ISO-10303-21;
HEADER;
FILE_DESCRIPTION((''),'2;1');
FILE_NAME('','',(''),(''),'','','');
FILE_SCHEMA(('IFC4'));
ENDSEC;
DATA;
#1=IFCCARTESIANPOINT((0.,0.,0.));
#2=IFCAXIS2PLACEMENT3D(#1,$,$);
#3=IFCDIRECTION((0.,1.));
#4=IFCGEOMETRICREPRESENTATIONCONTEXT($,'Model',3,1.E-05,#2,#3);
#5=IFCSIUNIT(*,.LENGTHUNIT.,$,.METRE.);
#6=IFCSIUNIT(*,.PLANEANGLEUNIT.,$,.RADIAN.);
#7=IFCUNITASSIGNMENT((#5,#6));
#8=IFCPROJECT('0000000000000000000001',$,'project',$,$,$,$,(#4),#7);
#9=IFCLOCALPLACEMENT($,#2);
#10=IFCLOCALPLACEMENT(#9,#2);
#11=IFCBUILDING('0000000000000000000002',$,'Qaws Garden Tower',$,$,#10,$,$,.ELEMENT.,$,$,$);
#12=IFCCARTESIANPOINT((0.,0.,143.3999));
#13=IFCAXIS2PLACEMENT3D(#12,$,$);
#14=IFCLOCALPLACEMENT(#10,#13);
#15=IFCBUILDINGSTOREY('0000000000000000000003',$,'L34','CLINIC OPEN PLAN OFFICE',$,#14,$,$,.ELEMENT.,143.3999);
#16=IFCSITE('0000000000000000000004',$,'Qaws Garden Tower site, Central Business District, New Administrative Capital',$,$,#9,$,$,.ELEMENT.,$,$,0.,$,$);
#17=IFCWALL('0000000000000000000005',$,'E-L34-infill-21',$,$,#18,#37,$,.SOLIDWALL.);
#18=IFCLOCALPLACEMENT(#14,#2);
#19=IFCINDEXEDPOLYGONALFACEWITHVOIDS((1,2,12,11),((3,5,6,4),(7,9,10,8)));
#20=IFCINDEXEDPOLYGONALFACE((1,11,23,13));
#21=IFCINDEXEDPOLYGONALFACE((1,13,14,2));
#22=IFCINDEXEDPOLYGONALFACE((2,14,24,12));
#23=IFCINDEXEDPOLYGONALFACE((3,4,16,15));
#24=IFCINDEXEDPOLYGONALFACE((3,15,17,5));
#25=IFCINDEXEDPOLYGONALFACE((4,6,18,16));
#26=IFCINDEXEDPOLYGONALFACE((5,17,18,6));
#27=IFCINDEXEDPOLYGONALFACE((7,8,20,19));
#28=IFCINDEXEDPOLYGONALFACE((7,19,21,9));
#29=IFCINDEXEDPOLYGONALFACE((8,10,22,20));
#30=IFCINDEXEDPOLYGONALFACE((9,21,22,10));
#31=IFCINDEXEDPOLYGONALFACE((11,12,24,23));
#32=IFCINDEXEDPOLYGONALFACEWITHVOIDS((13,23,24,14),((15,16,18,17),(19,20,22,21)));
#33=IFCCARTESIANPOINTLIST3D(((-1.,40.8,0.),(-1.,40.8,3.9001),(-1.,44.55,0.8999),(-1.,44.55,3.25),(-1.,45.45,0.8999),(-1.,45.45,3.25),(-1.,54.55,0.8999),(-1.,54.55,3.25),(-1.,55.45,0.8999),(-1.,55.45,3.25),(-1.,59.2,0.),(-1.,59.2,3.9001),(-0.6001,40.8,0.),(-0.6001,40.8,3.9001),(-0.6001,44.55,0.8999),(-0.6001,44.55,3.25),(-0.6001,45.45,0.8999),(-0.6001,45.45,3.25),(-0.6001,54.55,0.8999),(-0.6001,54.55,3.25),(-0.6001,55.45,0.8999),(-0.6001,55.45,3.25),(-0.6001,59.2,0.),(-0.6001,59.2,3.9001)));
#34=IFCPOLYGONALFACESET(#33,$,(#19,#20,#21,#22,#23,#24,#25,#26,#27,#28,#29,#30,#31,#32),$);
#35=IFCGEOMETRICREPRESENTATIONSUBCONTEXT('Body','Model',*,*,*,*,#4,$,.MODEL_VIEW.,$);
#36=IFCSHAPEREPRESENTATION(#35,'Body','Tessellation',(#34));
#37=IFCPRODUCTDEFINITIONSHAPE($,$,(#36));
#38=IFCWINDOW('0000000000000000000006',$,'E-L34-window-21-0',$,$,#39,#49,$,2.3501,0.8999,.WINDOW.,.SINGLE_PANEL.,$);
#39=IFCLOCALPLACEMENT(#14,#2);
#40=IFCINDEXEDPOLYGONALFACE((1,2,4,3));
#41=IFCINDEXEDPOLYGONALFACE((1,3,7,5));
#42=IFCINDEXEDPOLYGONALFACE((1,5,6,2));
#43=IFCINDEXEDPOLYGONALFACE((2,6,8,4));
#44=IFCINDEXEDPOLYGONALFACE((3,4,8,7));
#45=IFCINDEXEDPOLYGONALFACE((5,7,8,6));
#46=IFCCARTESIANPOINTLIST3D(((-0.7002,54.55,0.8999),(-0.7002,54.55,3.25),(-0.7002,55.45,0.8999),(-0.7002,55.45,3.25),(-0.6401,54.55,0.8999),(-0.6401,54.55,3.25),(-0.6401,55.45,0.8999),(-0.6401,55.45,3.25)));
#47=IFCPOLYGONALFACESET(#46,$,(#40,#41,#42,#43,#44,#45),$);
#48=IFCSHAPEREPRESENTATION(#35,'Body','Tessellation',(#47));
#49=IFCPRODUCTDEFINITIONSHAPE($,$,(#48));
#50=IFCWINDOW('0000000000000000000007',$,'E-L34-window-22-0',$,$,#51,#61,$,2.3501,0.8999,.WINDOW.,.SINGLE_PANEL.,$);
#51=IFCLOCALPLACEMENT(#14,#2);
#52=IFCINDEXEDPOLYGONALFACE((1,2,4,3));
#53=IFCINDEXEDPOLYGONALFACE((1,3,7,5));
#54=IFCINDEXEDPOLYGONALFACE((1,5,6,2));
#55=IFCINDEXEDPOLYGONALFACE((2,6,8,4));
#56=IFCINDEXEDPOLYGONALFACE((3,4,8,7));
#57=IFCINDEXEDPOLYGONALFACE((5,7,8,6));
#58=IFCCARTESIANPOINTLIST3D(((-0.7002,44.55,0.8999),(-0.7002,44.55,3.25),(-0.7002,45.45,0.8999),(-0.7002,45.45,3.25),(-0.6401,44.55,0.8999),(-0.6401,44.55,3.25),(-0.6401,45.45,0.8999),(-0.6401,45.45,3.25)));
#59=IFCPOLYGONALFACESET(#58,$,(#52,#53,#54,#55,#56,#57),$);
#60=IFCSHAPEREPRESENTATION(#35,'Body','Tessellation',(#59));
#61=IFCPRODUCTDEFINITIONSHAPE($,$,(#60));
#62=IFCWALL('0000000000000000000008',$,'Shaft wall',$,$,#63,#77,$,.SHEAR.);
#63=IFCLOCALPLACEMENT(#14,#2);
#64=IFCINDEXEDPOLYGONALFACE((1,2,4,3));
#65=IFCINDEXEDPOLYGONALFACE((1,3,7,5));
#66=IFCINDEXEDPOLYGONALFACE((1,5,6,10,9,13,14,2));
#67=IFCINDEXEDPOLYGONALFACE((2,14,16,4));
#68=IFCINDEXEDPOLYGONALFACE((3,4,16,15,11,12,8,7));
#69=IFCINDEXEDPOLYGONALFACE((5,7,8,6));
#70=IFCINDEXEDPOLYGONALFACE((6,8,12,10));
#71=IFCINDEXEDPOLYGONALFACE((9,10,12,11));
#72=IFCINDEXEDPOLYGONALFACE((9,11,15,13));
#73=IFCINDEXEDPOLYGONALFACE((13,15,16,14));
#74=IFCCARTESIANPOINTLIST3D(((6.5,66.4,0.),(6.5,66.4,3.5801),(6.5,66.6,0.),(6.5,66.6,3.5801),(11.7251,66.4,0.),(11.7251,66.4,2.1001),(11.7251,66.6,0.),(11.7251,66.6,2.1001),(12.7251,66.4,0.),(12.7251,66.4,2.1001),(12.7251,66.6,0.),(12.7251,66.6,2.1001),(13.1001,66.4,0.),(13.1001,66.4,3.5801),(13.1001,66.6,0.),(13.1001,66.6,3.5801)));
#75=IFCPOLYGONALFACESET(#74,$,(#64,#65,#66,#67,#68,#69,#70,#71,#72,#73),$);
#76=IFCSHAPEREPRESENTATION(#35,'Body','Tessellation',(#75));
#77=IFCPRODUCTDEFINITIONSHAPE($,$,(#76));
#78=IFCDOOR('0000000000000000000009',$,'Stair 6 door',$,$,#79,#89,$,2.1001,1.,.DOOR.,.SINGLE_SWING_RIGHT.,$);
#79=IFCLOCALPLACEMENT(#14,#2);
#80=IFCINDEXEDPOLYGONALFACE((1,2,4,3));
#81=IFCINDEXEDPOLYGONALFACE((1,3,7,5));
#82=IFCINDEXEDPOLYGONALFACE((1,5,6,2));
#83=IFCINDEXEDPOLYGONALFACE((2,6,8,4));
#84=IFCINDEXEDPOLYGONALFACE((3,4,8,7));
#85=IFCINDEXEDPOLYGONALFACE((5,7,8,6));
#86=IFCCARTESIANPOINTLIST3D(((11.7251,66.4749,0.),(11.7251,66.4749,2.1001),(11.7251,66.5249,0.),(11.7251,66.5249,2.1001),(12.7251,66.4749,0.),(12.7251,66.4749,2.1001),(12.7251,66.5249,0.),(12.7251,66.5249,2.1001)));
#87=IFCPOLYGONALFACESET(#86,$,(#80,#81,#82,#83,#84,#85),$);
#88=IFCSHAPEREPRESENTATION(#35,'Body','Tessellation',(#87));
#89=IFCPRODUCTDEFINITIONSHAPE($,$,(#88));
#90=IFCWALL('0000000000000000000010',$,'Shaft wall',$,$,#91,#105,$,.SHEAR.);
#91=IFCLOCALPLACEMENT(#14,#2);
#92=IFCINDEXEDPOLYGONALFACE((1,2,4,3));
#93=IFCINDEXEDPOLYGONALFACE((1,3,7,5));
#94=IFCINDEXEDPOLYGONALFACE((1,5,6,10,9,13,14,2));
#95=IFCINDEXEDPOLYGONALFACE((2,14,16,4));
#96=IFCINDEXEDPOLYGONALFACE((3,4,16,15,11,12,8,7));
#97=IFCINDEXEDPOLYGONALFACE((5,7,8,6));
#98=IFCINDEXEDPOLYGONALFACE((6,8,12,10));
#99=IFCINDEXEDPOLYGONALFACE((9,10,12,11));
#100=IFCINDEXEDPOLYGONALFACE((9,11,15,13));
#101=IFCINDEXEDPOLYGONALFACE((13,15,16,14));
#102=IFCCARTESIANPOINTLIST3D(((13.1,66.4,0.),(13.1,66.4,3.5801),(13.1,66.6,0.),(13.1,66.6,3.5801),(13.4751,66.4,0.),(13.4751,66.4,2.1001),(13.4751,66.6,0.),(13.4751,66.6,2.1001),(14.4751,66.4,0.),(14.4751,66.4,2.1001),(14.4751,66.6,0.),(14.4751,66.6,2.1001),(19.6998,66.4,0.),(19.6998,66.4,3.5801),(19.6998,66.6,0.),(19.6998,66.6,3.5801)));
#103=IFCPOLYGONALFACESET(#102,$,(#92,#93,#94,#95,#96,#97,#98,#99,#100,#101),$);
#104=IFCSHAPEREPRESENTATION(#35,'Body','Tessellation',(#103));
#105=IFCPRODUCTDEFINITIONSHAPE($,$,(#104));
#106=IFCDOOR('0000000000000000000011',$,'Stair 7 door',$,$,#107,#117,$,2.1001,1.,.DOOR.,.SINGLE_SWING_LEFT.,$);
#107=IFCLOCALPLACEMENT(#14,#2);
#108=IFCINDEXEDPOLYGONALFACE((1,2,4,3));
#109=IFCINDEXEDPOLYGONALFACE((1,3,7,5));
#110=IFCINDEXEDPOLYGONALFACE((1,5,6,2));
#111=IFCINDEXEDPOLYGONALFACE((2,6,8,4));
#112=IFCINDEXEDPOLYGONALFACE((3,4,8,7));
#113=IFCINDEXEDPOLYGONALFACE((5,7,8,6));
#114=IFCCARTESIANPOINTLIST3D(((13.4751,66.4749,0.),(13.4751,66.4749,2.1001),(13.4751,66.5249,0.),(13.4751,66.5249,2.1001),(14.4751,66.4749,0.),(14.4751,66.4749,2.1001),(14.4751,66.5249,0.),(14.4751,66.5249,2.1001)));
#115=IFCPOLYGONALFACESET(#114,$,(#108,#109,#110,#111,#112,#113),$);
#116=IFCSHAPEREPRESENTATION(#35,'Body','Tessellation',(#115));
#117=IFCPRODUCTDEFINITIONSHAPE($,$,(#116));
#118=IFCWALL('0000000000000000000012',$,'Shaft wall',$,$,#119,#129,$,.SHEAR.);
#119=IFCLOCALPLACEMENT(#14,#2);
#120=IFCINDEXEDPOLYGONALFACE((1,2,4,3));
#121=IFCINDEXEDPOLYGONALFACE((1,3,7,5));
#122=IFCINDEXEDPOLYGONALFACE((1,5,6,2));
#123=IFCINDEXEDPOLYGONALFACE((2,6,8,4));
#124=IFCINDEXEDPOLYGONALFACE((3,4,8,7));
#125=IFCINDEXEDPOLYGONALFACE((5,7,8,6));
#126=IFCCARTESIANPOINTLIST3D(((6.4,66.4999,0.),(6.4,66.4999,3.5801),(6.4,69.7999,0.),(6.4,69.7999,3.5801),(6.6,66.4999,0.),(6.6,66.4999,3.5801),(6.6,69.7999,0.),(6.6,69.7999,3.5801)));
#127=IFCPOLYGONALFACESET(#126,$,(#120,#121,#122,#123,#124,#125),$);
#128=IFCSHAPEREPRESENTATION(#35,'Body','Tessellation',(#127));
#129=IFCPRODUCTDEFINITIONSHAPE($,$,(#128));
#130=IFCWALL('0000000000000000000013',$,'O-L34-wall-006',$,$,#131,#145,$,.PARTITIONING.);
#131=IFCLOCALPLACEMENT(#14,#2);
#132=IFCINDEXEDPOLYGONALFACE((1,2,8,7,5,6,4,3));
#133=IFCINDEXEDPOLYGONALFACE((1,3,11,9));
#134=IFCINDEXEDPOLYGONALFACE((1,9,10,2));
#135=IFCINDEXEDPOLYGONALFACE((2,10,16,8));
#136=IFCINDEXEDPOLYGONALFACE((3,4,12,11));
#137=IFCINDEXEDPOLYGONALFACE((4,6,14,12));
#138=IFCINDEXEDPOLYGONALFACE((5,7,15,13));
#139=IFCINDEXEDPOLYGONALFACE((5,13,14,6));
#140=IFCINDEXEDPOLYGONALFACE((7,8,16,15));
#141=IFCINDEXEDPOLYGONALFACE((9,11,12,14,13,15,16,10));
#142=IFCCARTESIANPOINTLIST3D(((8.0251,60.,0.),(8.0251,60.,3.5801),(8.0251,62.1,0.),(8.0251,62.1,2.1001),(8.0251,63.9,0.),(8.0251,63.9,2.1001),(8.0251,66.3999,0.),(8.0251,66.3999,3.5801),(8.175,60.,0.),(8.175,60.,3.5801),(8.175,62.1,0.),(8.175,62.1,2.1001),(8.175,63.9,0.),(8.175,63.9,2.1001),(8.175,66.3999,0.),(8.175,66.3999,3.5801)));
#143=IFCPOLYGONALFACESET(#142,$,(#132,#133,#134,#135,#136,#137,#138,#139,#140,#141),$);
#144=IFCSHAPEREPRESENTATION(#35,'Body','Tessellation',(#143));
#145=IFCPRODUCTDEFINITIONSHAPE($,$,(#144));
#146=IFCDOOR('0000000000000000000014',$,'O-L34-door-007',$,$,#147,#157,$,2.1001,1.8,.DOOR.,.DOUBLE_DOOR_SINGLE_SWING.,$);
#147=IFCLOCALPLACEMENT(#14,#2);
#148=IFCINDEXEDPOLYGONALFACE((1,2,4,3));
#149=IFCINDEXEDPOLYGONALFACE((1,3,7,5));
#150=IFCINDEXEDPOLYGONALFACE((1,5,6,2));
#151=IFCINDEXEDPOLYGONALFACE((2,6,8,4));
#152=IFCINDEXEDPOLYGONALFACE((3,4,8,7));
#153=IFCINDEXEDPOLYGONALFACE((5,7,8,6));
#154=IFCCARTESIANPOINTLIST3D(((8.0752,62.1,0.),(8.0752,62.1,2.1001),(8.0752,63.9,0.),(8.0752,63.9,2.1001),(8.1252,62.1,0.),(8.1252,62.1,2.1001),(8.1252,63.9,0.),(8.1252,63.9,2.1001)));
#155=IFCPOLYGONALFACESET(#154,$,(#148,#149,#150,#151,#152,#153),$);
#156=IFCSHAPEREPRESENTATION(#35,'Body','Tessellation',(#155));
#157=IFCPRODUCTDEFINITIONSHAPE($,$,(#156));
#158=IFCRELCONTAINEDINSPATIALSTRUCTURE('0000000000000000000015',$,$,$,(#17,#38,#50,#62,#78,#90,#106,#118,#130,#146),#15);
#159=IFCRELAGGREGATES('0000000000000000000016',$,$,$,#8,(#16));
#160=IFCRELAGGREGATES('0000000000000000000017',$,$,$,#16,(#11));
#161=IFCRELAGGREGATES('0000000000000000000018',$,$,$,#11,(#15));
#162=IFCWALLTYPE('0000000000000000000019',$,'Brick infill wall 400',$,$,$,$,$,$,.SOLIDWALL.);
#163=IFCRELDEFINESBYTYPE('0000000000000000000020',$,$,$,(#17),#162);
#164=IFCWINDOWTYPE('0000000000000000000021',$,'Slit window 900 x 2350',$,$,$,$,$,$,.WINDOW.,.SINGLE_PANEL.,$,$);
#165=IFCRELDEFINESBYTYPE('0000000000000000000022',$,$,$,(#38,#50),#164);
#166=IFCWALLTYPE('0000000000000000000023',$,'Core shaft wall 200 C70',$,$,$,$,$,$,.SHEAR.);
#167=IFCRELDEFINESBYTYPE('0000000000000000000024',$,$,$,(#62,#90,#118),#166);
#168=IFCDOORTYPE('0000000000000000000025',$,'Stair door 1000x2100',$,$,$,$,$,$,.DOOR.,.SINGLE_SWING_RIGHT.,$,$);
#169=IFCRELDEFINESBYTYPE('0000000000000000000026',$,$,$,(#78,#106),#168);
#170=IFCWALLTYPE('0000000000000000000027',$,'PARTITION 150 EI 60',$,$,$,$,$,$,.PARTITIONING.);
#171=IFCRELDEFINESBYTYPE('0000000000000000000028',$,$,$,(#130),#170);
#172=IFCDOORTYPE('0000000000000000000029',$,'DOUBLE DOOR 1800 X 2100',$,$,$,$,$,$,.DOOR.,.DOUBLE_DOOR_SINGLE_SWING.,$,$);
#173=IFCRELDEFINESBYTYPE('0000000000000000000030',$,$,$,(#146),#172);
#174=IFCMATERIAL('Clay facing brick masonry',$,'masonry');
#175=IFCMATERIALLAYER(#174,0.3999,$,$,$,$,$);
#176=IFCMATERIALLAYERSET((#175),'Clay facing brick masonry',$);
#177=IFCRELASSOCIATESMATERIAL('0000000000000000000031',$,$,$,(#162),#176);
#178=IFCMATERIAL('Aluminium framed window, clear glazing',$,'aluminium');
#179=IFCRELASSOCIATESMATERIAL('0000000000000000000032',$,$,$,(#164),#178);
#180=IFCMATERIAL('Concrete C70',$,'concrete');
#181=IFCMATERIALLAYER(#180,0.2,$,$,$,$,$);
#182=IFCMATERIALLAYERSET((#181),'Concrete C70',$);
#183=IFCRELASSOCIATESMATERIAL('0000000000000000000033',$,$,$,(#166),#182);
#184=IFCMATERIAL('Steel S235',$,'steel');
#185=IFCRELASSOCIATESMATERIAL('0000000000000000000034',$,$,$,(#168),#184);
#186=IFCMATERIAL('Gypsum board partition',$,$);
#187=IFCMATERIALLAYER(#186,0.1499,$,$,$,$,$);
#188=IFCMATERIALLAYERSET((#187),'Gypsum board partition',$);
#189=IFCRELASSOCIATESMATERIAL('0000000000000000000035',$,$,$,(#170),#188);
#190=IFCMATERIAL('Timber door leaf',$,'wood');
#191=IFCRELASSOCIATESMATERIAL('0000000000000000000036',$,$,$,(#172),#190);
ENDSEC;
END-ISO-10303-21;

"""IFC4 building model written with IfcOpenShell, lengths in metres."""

from ifc_helpers import new_model, si_unit, direction, frame, frame_2d, origin, place, context, subcontext, project, spatial, rectangle, extrude, material, layer, layer_set, type_object, element, fill, save


model = new_model("IFC4")

# Units and contexts
model_context = context("Model", 3, precision=1e-05, world=origin(), true_north=direction((0.0, 1.0)))
body_context = subcontext(model_context, "Body", "Model", "MODEL_VIEW")
ifc_project = project(units=[si_unit("LENGTHUNIT", "METRE"), si_unit("PLANEANGLEUNIT", "RADIAN")], contexts=[model_context])

# Site, building, storey
site_placement = place(None, origin())
site = spatial("IfcSite", under=ifc_project, at=site_placement, Name="Qaws Garden Tower site, Central Business District, New Administrative Capital", CompositionType="ELEMENT", RefElevation=0.0)
building_placement = place(site_placement, origin())
building = spatial("IfcBuilding", under=site, at=building_placement, Name="Qaws Garden Tower", CompositionType="ELEMENT")
storey_placement = place(building_placement, frame((0.0, 0.0, 143.3999)))
storey = spatial("IfcBuildingStorey", under=building, at=storey_placement, Name="L34", Description="CLINIC OPEN PLAN OFFICE", CompositionType="ELEMENT", Elevation=143.3999)

# Shared definitions
ifc_material_1 = material(Name="Clay facing brick masonry", Category="masonry")
ifc_layer_1 = layer(ifc_material_1, 0.3999)
ifc_layer_set_1 = layer_set([ifc_layer_1], Name="Clay facing brick masonry")
wall_type_1 = type_object("IfcWallType", Name="Brick infill wall 400", PredefinedType="SOLIDWALL", material=ifc_layer_set_1)

# Wall, openings, windows
wall_1_placement = place(storey_placement, frame((-0.8, 59.2, 0.0), z_axis=(0.0, 0.0, 1.0), x_axis=(0.0, -1.0, 0.0)))
wall_1 = element("IfcWall", 1, at=wall_1_placement, inside=storey, type_object=wall_type_1, Name="E-L34-infill-21", PredefinedType="SOLIDWALL", context=body_context, shape_type="SweptSolid", body=[
    extrude(rectangle(XDim=18.3999, YDim=0.3999, at=frame_2d((9.2, 0.0))), origin(), (0.0, 0.0, 1.0), 3.9001),
])
opening_1_placement = place(wall_1_placement, frame((3.75, 0.0, 0.8999)))
opening_1 = element("IfcOpeningElement", 2, at=opening_1_placement, cuts=wall_1, PredefinedType="OPENING", context=body_context, shape_type="SweptSolid", body=[
    extrude(rectangle(XDim=0.8999, YDim=2.3501, at=frame_2d((0.45, 1.175))), frame((0.0, 0.21, 0.0), z_axis=(0.0, -1.0, 0.0), x_axis=(1.0, 0.0, 0.0)), (0.0, 0.0, 1.0), 0.4199),
])
opening_2_placement = place(wall_1_placement, frame((13.75, 0.0, 0.8999)))
opening_2 = element("IfcOpeningElement", 3, at=opening_2_placement, cuts=wall_1, PredefinedType="OPENING", context=body_context, shape_type="SweptSolid", body=[
    extrude(rectangle(XDim=0.8999, YDim=2.3501, at=frame_2d((0.45, 1.175))), frame((0.0, 0.21, 0.0), z_axis=(0.0, -1.0, 0.0), x_axis=(1.0, 0.0, 0.0)), (0.0, 0.0, 1.0), 0.4199),
])
ifc_material_2 = material(Name="Aluminium framed window, clear glazing", Category="aluminium")
window_type_1 = type_object("IfcWindowType", Name="Slit window 900 x 2350", PartitioningType="SINGLE_PANEL", PredefinedType="WINDOW", material=ifc_material_2)
window_1_placement = place(opening_1_placement, origin())
window_1 = element("IfcWindow", 4, at=window_1_placement, inside=storey, type_object=window_type_1, Name="E-L34-window-21-0", OverallHeight=2.3501, OverallWidth=0.8999, PartitioningType="SINGLE_PANEL", PredefinedType="WINDOW", context=body_context, shape_type="SweptSolid", body=[
    extrude(rectangle(XDim=0.8999, YDim=2.3501, at=frame_2d((0.45, 1.175))), frame((0.0, 0.1599, 0.0), z_axis=(0.0, -1.0, 0.0), x_axis=(1.0, 0.0, 0.0)), (0.0, 0.0, 1.0), 0.0601),
])
fill(opening_1, window_1)
window_2_placement = place(opening_2_placement, origin())
window_2 = element("IfcWindow", 5, at=window_2_placement, inside=storey, type_object=window_type_1, Name="E-L34-window-22-0", OverallHeight=2.3501, OverallWidth=0.8999, PartitioningType="SINGLE_PANEL", PredefinedType="WINDOW", context=body_context, shape_type="SweptSolid", body=[
    extrude(rectangle(XDim=0.8999, YDim=2.3501, at=frame_2d((0.45, 1.175))), frame((0.0, 0.1599, 0.0), z_axis=(0.0, -1.0, 0.0), x_axis=(1.0, 0.0, 0.0)), (0.0, 0.0, 1.0), 0.0601),
])
fill(opening_2, window_2)

# Walls, openings, doors
ifc_material_3 = material(Name="Concrete C70", Category="concrete")
ifc_layer_2 = layer(ifc_material_3, 0.2)
ifc_layer_set_2 = layer_set([ifc_layer_2], Name="Concrete C70")
wall_type_2 = type_object("IfcWallType", Name="Core shaft wall 200 C70", PredefinedType="SHEAR", material=ifc_layer_set_2)
wall_2_placement = place(storey_placement, frame((6.5, 66.5, 0.0), z_axis=(0.0, 0.0, 1.0), x_axis=(1.0, 0.0, 0.0)))
wall_2 = element("IfcWall", 6, at=wall_2_placement, inside=storey, type_object=wall_type_2, Name="Shaft wall", PredefinedType="SHEAR", context=body_context, shape_type="SweptSolid", body=[
    extrude(rectangle(XDim=6.6001, YDim=0.2, at=frame_2d((3.3, 0.0))), origin(), (0.0, 0.0, 1.0), 3.5801),
])
opening_3_placement = place(wall_2_placement, frame((5.2251, 0.0, 0.0)))
opening_3 = element("IfcOpeningElement", 7, at=opening_3_placement, cuts=wall_2, PredefinedType="OPENING", context=body_context, shape_type="SweptSolid", body=[
    extrude(rectangle(XDim=1.0, YDim=2.1001, at=frame_2d((0.5, 1.05))), frame((0.0, 0.1099, 0.0), z_axis=(0.0, -1.0, 0.0), x_axis=(1.0, 0.0, 0.0)), (0.0, 0.0, 1.0), 0.22),
])
ifc_material_4 = material(Name="Steel S235", Category="steel")
door_type_1 = type_object("IfcDoorType", Name="Stair door 1000x2100", OperationType="SINGLE_SWING_RIGHT", PredefinedType="DOOR", material=ifc_material_4)
door_1_placement = place(opening_3_placement, origin())
door_1 = element("IfcDoor", 8, at=door_1_placement, inside=storey, type_object=door_type_1, Name="Stair 6 door", OperationType="SINGLE_SWING_RIGHT", OverallHeight=2.1001, OverallWidth=1.0, PredefinedType="DOOR", context=body_context, shape_type="SweptSolid", body=[
    extrude(rectangle(XDim=1.0, YDim=2.1001, at=frame_2d((0.5, 1.05))), frame((0.0, 0.0249, 0.0), z_axis=(0.0, -1.0, 0.0), x_axis=(1.0, 0.0, 0.0)), (0.0, 0.0, 1.0), 0.05),
])
fill(opening_3, door_1)
wall_3_placement = place(storey_placement, frame((13.1001, 66.5, 0.0), z_axis=(0.0, 0.0, 1.0), x_axis=(1.0, 0.0, 0.0)))
wall_3 = element("IfcWall", 9, at=wall_3_placement, inside=storey, type_object=wall_type_2, Name="Shaft wall", PredefinedType="SHEAR", context=body_context, shape_type="SweptSolid", body=[
    extrude(rectangle(XDim=6.5999, YDim=0.2, at=frame_2d((3.2998, 0.0))), origin(), (0.0, 0.0, 1.0), 3.5801),
])
opening_4_placement = place(wall_3_placement, frame((0.375, 0.0, 0.0)))
opening_4 = element("IfcOpeningElement", 10, at=opening_4_placement, cuts=wall_3, PredefinedType="OPENING", context=body_context, shape_type="SweptSolid", body=[
    extrude(rectangle(XDim=1.0, YDim=2.1001, at=frame_2d((0.5, 1.05))), frame((0.0, 0.1099, 0.0), z_axis=(0.0, -1.0, 0.0), x_axis=(1.0, 0.0, 0.0)), (0.0, 0.0, 1.0), 0.22),
])
door_2_placement = place(opening_4_placement, origin())
door_2 = element("IfcDoor", 11, at=door_2_placement, inside=storey, type_object=door_type_1, Name="Stair 7 door", OperationType="SINGLE_SWING_LEFT", OverallHeight=2.1001, OverallWidth=1.0, PredefinedType="DOOR", context=body_context, shape_type="SweptSolid", body=[
    extrude(rectangle(XDim=1.0, YDim=2.1001, at=frame_2d((0.5, 1.05))), frame((0.0, 0.0249, 0.0), z_axis=(0.0, -1.0, 0.0), x_axis=(1.0, 0.0, 0.0)), (0.0, 0.0, 1.0), 0.05),
])
fill(opening_4, door_2)

# Wall
wall_4_placement = place(storey_placement, frame((6.5, 66.5, 0.0), z_axis=(0.0, 0.0, 1.0), x_axis=(0.0, 1.0, 0.0)))
element("IfcWall", 12, at=wall_4_placement, inside=storey, type_object=wall_type_2, Name="Shaft wall", PredefinedType="SHEAR", context=body_context, shape_type="SweptSolid", body=[
    extrude(rectangle(XDim=3.3, YDim=0.2, at=frame_2d((1.6499, 0.0))), origin(), (0.0, 0.0, 1.0), 3.5801),
])

# Wall, opening, door
ifc_material_5 = material(Name="Gypsum board partition")
ifc_layer_3 = layer(ifc_material_5, 0.1499)
ifc_layer_set_3 = layer_set([ifc_layer_3], Name="Gypsum board partition")
wall_type_3 = type_object("IfcWallType", Name="PARTITION 150 EI 60", PredefinedType="PARTITIONING", material=ifc_layer_set_3)
wall_5_placement = place(storey_placement, frame((8.1001, 60.0, 0.0), z_axis=(0.0, 0.0, 1.0), x_axis=(0.0, 1.0, 0.0)))
wall_5 = element("IfcWall", 13, at=wall_5_placement, inside=storey, type_object=wall_type_3, Name="O-L34-wall-006", PredefinedType="PARTITIONING", context=body_context, shape_type="SweptSolid", body=[
    extrude(rectangle(XDim=6.3999, YDim=0.1499, at=frame_2d((3.2, 0.0))), origin(), (0.0, 0.0, 1.0), 3.5801),
])
opening_5_placement = place(wall_5_placement, frame((2.1001, 0.0, 0.0)))
opening_5 = element("IfcOpeningElement", 14, at=opening_5_placement, cuts=wall_5, PredefinedType="OPENING", context=body_context, shape_type="SweptSolid", body=[
    extrude(rectangle(XDim=1.8, YDim=2.1001, at=frame_2d((0.8999, 1.05))), frame((0.0, 0.085, 0.0), z_axis=(0.0, -1.0, 0.0), x_axis=(1.0, 0.0, 0.0)), (0.0, 0.0, 1.0), 0.1699),
])
ifc_material_6 = material(Name="Timber door leaf", Category="wood")
door_type_2 = type_object("IfcDoorType", Name="DOUBLE DOOR 1800 X 2100", OperationType="DOUBLE_DOOR_SINGLE_SWING", PredefinedType="DOOR", material=ifc_material_6)
door_3_placement = place(opening_5_placement, origin())
door_3 = element("IfcDoor", 15, at=door_3_placement, inside=storey, type_object=door_type_2, Name="O-L34-door-007", OperationType="DOUBLE_DOOR_SINGLE_SWING", OverallHeight=2.1001, OverallWidth=1.8, PredefinedType="DOOR", context=body_context, shape_type="SweptSolid", body=[
    extrude(rectangle(XDim=1.8, YDim=2.1001, at=frame_2d((0.8999, 1.05))), frame((0.0, 0.0249, 0.0), z_axis=(0.0, -1.0, 0.0), x_axis=(1.0, 0.0, 0.0)), (0.0, 0.0, 1.0), 0.05),
])
fill(opening_5, door_3)

save(model, "model.ifc")
